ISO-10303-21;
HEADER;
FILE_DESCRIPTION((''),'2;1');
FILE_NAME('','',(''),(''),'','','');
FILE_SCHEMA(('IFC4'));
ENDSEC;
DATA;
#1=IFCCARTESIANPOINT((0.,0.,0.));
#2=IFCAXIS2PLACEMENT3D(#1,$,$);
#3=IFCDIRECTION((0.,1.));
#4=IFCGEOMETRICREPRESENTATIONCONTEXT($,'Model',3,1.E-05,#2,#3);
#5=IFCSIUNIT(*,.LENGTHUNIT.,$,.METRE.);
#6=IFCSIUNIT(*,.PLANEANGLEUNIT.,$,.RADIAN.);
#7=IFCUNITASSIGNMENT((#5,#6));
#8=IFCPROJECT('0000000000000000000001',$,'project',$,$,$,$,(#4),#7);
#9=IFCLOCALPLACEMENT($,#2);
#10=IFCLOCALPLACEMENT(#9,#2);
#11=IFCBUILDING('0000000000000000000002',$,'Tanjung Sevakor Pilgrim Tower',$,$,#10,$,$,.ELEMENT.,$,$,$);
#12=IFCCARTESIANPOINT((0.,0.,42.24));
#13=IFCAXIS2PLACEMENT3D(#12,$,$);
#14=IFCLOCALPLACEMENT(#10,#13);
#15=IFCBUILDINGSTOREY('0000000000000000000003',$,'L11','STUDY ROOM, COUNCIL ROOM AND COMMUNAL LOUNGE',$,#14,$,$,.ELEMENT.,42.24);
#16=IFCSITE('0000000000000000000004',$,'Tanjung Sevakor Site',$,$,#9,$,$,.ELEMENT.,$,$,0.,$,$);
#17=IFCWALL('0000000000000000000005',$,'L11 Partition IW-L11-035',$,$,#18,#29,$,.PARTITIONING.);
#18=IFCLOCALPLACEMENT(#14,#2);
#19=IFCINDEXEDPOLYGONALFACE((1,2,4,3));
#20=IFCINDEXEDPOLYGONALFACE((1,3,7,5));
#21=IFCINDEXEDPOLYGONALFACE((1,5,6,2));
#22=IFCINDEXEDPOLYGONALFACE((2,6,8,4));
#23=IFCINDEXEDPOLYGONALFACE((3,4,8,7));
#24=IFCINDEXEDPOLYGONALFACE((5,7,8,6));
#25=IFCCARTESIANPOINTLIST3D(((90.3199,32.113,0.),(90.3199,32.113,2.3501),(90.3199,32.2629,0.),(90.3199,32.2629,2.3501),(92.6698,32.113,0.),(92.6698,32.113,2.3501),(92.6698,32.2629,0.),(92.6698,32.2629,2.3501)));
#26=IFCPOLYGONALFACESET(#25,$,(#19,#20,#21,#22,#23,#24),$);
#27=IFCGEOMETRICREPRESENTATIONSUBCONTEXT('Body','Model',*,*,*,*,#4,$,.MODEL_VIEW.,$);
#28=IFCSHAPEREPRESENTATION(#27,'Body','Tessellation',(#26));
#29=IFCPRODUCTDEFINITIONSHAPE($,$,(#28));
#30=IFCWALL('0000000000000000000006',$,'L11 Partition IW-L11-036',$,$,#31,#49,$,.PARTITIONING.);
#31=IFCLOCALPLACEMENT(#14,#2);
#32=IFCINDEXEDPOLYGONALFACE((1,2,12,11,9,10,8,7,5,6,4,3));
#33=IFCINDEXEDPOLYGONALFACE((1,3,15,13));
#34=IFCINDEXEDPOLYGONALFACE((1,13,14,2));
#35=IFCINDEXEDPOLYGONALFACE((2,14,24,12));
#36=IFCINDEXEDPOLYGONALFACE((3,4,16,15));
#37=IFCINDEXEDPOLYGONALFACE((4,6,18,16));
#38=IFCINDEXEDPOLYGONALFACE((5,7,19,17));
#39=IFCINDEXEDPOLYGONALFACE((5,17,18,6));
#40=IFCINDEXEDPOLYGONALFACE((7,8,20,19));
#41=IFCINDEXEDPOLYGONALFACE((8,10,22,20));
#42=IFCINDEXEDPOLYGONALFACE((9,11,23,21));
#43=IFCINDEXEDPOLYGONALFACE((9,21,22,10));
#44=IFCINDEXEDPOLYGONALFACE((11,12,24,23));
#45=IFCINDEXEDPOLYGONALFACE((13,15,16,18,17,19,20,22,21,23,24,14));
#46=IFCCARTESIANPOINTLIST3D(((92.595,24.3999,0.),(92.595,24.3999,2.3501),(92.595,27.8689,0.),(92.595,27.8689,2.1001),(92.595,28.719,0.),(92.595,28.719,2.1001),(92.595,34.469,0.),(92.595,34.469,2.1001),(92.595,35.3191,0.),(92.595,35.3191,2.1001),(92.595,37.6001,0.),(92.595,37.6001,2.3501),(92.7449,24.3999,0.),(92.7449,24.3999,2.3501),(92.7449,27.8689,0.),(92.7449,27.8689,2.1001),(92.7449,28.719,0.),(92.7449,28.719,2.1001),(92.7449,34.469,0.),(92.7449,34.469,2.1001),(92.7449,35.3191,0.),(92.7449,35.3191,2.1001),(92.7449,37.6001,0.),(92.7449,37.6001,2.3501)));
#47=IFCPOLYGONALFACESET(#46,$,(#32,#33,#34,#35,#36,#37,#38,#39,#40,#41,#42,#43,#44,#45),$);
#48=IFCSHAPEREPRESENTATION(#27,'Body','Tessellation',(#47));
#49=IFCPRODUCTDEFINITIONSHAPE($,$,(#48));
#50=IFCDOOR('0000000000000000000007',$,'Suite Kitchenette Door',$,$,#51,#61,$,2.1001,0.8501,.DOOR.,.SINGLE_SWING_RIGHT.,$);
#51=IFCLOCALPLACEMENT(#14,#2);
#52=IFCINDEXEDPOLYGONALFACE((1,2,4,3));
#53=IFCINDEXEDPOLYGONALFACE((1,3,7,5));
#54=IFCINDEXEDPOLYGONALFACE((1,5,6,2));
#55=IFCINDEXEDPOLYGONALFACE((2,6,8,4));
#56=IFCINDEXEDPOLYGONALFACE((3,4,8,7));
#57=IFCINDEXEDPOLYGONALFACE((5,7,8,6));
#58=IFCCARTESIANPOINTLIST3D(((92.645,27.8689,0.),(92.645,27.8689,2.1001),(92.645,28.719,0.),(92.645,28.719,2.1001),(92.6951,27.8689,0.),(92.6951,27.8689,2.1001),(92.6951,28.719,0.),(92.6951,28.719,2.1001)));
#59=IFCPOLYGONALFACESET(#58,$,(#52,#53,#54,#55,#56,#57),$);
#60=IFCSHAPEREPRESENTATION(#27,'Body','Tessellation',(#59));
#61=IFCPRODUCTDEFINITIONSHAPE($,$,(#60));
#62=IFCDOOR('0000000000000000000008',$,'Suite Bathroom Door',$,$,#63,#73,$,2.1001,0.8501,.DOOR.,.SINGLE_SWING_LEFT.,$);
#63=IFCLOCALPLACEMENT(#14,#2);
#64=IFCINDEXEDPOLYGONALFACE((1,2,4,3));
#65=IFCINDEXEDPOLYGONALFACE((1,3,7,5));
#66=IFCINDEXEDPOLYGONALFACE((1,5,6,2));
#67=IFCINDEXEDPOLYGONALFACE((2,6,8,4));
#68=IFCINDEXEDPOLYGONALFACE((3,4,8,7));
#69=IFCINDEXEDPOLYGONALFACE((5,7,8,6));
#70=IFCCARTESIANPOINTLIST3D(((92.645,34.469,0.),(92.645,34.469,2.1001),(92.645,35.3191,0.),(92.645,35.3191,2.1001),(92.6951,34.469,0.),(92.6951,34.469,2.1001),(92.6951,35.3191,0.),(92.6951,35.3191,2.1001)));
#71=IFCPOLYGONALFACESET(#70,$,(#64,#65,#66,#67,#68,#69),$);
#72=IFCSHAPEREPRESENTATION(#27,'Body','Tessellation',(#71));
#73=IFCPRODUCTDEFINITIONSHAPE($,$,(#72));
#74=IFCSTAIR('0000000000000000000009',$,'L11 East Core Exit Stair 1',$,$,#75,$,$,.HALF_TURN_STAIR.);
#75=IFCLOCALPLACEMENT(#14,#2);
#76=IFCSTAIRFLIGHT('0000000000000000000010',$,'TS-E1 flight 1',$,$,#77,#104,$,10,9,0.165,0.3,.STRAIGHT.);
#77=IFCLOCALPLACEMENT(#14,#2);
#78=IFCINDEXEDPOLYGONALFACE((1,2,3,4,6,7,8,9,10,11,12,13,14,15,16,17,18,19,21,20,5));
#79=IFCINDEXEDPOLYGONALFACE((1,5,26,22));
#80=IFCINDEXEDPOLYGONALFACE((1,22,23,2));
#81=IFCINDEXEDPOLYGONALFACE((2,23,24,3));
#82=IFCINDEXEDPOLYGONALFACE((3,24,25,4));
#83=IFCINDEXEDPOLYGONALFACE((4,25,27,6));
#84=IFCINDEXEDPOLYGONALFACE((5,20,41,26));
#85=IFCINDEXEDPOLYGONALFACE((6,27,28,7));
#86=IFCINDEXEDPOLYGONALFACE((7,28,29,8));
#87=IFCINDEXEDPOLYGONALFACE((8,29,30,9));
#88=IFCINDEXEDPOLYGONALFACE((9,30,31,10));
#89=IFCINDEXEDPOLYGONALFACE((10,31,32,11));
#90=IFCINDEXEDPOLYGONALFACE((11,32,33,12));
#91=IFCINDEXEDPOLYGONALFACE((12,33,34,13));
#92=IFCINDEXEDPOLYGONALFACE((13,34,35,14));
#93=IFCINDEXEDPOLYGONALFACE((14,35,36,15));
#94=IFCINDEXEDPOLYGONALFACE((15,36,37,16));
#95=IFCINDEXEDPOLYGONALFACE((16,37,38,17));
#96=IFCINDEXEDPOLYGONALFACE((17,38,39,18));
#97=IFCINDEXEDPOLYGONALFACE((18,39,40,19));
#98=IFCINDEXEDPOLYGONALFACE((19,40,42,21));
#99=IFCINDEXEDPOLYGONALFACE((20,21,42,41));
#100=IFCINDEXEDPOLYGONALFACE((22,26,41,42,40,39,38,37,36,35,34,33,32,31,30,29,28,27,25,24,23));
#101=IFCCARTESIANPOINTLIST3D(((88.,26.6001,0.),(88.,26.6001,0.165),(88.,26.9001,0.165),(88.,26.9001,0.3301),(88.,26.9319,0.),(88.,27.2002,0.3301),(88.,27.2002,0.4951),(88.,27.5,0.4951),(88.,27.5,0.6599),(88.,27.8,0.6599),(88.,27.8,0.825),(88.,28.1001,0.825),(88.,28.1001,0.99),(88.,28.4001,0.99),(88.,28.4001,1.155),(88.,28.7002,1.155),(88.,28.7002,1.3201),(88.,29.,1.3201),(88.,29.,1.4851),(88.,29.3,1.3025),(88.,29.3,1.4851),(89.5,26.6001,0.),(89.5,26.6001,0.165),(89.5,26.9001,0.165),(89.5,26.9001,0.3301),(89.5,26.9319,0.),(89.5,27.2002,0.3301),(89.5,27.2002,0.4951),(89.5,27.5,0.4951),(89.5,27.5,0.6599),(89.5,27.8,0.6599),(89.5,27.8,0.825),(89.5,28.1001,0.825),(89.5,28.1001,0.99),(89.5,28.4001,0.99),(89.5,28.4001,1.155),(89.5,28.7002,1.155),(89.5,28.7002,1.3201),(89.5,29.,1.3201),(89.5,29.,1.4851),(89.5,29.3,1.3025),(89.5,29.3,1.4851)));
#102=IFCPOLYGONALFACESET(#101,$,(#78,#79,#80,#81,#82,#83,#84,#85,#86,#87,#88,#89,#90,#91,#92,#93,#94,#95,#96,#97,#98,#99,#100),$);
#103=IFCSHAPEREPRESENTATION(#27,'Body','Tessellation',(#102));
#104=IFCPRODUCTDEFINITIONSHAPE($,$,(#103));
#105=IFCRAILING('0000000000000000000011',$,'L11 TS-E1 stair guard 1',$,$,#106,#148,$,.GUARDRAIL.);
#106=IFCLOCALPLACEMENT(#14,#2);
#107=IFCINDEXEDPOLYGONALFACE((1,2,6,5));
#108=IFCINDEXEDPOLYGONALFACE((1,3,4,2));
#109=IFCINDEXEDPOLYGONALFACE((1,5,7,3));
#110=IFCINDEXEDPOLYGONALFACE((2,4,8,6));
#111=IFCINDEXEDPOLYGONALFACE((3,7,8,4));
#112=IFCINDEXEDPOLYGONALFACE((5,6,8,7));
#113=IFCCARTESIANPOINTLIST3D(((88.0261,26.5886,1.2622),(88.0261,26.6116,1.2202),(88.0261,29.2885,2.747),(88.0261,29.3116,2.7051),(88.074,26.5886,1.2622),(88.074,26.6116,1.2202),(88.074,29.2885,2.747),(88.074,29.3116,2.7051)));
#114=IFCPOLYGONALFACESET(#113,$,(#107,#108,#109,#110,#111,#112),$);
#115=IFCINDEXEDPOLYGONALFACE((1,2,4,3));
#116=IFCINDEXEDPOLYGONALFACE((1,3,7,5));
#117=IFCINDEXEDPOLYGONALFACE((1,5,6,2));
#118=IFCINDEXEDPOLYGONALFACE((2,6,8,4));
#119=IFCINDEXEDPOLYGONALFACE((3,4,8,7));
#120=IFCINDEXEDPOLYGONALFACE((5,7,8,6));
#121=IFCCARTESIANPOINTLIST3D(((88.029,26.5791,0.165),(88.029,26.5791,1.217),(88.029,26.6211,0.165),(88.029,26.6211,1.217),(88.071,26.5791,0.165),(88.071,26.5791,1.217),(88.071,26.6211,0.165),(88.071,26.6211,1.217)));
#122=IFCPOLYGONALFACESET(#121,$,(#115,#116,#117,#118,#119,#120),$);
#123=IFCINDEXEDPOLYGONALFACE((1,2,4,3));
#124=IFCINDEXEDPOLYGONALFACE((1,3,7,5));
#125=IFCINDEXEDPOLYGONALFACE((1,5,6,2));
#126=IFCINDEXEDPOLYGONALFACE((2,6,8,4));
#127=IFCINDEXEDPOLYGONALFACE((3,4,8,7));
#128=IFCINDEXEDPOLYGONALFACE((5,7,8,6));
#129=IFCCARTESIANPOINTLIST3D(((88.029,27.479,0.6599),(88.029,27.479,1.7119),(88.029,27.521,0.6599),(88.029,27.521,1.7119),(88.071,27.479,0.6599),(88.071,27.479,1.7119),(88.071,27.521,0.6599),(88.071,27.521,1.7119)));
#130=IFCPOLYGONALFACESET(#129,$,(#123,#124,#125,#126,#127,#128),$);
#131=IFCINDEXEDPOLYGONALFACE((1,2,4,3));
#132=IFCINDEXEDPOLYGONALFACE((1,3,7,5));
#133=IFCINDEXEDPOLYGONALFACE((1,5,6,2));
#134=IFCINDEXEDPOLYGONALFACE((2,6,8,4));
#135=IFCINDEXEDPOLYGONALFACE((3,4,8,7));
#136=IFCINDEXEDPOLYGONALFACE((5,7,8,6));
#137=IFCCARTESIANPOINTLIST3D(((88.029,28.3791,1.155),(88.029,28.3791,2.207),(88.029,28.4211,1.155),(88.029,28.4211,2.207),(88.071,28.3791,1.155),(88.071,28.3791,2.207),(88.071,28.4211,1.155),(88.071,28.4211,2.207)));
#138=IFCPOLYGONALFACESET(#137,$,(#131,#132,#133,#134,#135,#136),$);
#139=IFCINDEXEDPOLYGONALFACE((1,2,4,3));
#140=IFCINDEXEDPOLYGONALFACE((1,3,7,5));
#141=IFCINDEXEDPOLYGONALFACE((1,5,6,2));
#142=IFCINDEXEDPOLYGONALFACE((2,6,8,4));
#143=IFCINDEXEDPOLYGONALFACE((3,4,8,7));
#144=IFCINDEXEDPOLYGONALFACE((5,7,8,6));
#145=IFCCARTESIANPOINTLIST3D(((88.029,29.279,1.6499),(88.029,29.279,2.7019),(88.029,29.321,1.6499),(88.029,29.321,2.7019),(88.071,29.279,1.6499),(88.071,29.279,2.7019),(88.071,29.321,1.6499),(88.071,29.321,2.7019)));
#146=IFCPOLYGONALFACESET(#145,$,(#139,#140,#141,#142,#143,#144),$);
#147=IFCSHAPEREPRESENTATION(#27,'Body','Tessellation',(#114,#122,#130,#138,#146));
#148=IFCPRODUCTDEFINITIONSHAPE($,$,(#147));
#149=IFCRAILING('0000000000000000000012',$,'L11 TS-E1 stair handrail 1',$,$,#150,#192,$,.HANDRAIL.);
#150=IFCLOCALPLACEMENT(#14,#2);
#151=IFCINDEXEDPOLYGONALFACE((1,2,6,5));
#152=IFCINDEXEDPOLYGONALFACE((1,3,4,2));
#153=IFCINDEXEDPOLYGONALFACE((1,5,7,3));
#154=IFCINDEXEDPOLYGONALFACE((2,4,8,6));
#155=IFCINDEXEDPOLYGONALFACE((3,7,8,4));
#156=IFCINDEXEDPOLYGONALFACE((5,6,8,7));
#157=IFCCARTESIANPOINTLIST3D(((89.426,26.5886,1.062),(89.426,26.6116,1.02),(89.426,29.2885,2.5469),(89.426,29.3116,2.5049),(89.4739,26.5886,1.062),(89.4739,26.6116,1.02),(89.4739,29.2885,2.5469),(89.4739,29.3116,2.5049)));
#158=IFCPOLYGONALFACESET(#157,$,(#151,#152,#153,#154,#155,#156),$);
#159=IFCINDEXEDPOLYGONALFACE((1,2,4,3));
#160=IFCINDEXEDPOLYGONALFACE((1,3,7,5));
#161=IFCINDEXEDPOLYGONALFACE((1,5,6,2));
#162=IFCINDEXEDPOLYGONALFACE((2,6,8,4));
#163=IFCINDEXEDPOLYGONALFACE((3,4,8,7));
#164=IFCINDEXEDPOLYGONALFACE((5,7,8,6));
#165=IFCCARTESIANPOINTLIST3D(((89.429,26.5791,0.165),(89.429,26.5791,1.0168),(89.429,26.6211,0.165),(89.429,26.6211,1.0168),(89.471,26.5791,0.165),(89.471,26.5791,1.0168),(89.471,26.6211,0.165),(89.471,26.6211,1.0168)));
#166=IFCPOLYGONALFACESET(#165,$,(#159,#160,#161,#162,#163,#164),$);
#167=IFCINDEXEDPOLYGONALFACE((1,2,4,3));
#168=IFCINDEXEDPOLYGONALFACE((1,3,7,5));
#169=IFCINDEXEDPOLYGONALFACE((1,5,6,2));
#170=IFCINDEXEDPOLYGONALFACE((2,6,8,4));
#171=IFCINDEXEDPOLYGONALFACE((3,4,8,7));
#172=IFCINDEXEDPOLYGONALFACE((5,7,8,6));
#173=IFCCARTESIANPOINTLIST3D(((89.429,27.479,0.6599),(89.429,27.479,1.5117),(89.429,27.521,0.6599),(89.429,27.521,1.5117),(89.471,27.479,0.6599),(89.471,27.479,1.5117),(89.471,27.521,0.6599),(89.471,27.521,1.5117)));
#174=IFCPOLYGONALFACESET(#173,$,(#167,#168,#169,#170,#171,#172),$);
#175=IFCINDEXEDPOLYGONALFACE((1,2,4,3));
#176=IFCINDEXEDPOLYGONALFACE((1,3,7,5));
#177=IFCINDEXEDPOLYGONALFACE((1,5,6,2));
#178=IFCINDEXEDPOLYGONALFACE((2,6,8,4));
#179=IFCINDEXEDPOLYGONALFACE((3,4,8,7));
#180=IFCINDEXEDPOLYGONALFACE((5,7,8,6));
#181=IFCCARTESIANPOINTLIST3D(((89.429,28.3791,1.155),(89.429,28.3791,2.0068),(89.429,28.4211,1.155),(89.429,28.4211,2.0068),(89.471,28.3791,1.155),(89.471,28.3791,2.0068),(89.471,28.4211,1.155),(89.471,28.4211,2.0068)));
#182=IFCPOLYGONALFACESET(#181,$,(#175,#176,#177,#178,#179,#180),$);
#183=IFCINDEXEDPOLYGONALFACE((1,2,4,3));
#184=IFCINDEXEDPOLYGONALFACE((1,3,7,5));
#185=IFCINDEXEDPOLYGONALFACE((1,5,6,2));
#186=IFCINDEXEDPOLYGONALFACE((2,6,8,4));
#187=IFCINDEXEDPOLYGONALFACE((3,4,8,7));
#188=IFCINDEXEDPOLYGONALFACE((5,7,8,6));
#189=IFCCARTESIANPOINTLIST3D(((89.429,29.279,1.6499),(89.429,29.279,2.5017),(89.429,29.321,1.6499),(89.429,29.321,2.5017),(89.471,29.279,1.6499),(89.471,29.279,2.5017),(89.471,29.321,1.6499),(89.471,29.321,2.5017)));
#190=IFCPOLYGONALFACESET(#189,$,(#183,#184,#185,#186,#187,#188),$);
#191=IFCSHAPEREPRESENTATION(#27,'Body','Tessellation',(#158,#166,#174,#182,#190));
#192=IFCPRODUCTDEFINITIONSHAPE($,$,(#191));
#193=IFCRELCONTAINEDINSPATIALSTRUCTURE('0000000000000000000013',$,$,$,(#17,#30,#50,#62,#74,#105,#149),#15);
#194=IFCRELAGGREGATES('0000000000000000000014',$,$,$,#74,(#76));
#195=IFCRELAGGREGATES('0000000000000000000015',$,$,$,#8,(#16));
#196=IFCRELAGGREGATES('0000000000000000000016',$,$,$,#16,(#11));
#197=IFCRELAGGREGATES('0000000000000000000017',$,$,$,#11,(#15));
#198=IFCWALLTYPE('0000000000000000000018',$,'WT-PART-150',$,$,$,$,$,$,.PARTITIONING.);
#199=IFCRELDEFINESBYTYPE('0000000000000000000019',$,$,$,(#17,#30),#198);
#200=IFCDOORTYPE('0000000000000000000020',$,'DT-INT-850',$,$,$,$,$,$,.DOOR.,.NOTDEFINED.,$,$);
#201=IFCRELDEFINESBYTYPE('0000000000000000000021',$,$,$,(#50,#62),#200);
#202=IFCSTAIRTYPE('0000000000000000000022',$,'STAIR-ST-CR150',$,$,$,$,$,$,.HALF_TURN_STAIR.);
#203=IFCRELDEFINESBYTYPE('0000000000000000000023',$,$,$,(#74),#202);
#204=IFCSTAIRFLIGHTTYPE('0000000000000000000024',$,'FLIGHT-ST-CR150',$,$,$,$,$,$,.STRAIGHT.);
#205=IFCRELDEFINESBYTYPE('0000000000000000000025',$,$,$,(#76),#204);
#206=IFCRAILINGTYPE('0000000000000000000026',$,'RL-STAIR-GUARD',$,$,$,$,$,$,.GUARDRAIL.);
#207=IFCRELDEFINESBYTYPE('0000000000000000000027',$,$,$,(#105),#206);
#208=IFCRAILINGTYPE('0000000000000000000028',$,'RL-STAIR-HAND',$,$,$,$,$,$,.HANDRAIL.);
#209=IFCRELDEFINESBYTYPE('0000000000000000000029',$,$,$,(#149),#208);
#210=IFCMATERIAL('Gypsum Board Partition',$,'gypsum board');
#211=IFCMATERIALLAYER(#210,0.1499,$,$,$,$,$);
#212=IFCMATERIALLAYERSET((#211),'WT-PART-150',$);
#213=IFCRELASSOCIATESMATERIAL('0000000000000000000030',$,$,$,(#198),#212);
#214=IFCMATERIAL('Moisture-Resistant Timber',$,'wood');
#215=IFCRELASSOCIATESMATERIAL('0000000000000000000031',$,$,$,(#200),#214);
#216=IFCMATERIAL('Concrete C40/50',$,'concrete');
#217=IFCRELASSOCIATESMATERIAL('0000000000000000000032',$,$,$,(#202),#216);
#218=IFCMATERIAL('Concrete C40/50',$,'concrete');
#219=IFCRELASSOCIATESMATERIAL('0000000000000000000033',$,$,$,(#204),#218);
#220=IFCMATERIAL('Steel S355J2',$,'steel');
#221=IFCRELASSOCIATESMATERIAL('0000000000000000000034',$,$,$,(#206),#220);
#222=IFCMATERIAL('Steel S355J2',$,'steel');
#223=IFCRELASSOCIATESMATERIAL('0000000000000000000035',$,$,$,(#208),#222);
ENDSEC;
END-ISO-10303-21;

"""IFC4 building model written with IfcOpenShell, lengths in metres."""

from ifc_helpers import new_model, si_unit, direction, frame, frame_2d, origin, place, context, subcontext, project, spatial, polyline, rectangle, outline, extrude, material, layer, layer_set, type_object, element, fill, aggregate, save


model = new_model("IFC4")

# Units and contexts
model_context = context("Model", 3, precision=1e-05, world=origin(), true_north=direction((0.0, 1.0)))
body_context = subcontext(model_context, "Body", "Model", "MODEL_VIEW")
ifc_project = project(units=[si_unit("LENGTHUNIT", "METRE"), si_unit("PLANEANGLEUNIT", "RADIAN")], contexts=[model_context])

# Site, building, storey
site_placement = place(None, origin())
site = spatial("IfcSite", under=ifc_project, at=site_placement, Name="Tanjung Sevakor Site", CompositionType="ELEMENT", RefElevation=0.0)
building_placement = place(site_placement, origin())
building = spatial("IfcBuilding", under=site, at=building_placement, Name="Tanjung Sevakor Pilgrim Tower", CompositionType="ELEMENT")
storey_placement = place(building_placement, frame((0.0, 0.0, 42.24)))
storey = spatial("IfcBuildingStorey", under=building, at=storey_placement, Name="L11", Description="STUDY ROOM, COUNCIL ROOM AND COMMUNAL LOUNGE", CompositionType="ELEMENT", Elevation=42.24)

# Shared definitions
ifc_material_1 = material(Name="Gypsum Board Partition", Category="gypsum board")
ifc_layer_1 = layer(ifc_material_1, 0.1499)
ifc_layer_set_1 = layer_set([ifc_layer_1], Name="WT-PART-150")
wall_type_1 = type_object("IfcWallType", Name="WT-PART-150", PredefinedType="PARTITIONING", material=ifc_layer_set_1)
ifc_material_2 = material(Name="Moisture-Resistant Timber", Category="wood")
door_type = type_object("IfcDoorType", Name="DT-INT-850", OperationType="NOTDEFINED", PredefinedType="DOOR", material=ifc_material_2)

# Wall
wall_1_placement = place(storey_placement, frame((90.3201, 32.188, 0.0), z_axis=(0.0, 0.0, 1.0), x_axis=(1.0, 0.0, 0.0)))
element("IfcWall", 1, at=wall_1_placement, inside=storey, type_object=wall_type_1, Name="L11 Partition IW-L11-035", PredefinedType="PARTITIONING", context=body_context, shape_type="SweptSolid", body=[
    extrude(rectangle(XDim=2.3499, YDim=0.1499, at=frame_2d((1.1748, 0.0))), origin(), (0.0, 0.0, 1.0), 2.3501),
])

# Wall, openings, doors
wall_2_placement = place(storey_placement, frame((92.6699, 24.3999, 0.0), z_axis=(0.0, 0.0, 1.0), x_axis=(0.0, 1.0, 0.0)))
wall_2 = element("IfcWall", 2, at=wall_2_placement, inside=storey, type_object=wall_type_1, Name="L11 Partition IW-L11-036", PredefinedType="PARTITIONING", context=body_context, shape_type="SweptSolid", body=[
    extrude(rectangle(XDim=13.2002, YDim=0.1499, at=frame_2d((6.6001, 0.0))), origin(), (0.0, 0.0, 1.0), 2.3501),
])
opening_1_placement = place(wall_2_placement, frame((3.469, 0.0, 0.0)))
opening_1 = element("IfcOpeningElement", 3, at=opening_1_placement, cuts=wall_2, PredefinedType="OPENING", context=body_context, shape_type="SweptSolid", body=[
    extrude(rectangle(XDim=0.8501, YDim=2.1001, at=frame_2d((0.425, 1.05))), frame((0.0, 0.085, 0.0), z_axis=(0.0, -1.0, 0.0), x_axis=(1.0, 0.0, 0.0)), (0.0, 0.0, 1.0), 0.1699),
])
opening_2_placement = place(wall_2_placement, frame((10.0691, 0.0, 0.0)))
opening_2 = element("IfcOpeningElement", 4, at=opening_2_placement, cuts=wall_2, PredefinedType="OPENING", context=body_context, shape_type="SweptSolid", body=[
    extrude(rectangle(XDim=0.8501, YDim=2.1001, at=frame_2d((0.425, 1.05))), frame((0.0, 0.085, 0.0), z_axis=(0.0, -1.0, 0.0), x_axis=(1.0, 0.0, 0.0)), (0.0, 0.0, 1.0), 0.1699),
])
door_1_placement = place(opening_1_placement, origin())
door_1 = element("IfcDoor", 5, at=door_1_placement, inside=storey, type_object=door_type, Name="Suite Kitchenette Door", OperationType="SINGLE_SWING_RIGHT", OverallHeight=2.1001, OverallWidth=0.8501, PredefinedType="DOOR", context=body_context, shape_type="SweptSolid", body=[
    extrude(rectangle(XDim=0.8501, YDim=2.1001, at=frame_2d((0.425, 1.05))), frame((0.0, 0.0249, 0.0), z_axis=(0.0, -1.0, 0.0), x_axis=(1.0, 0.0, 0.0)), (0.0, 0.0, 1.0), 0.05),
])
fill(opening_1, door_1)
door_2_placement = place(opening_2_placement, origin())
door_2 = element("IfcDoor", 6, at=door_2_placement, inside=storey, type_object=door_type, Name="Suite Bathroom Door", OperationType="SINGLE_SWING_LEFT", OverallHeight=2.1001, OverallWidth=0.8501, PredefinedType="DOOR", context=body_context, shape_type="SweptSolid", body=[
    extrude(rectangle(XDim=0.8501, YDim=2.1001, at=frame_2d((0.425, 1.05))), frame((0.0, 0.0249, 0.0), z_axis=(0.0, -1.0, 0.0), x_axis=(1.0, 0.0, 0.0)), (0.0, 0.0, 1.0), 0.05),
])
fill(opening_2, door_2)

# Stair, stair flight
ifc_material_3 = material(Name="Concrete C40/50", Category="concrete")
stair_type = type_object("IfcStairType", Name="STAIR-ST-CR150", PredefinedType="HALF_TURN_STAIR", material=ifc_material_3)
stair_placement = place(storey_placement, origin())
stair = element("IfcStair", 7, at=stair_placement, inside=storey, type_object=stair_type, Name="L11 East Core Exit Stair 1", PredefinedType="HALF_TURN_STAIR")
ifc_material_4 = material(Name="Concrete C40/50", Category="concrete")
stair_flight_type = type_object("IfcStairFlightType", Name="FLIGHT-ST-CR150", PredefinedType="STRAIGHT", material=ifc_material_4)
stair_flight_placement = place(storey_placement, frame((88.75, 26.6001, 0.0), z_axis=(0.0, 0.0, 1.0), x_axis=(0.0, 1.0, 0.0)))
stair_flight = element("IfcStairFlight", 8, at=stair_flight_placement, type_object=stair_flight_type, Name="TS-E1 flight 1", NumberOfRisers=10, NumberOfTreads=9, PredefinedType="STRAIGHT", RiserHeight=0.165, TreadLength=0.3, context=body_context, shape_type="SweptSolid", body=[
    extrude(outline(polyline([(0.0, 0.0), (0.0, 0.165), (0.3, 0.165), (0.3, 0.3301), (0.6001, 0.3301), (0.6001, 0.4951), (0.8999, 0.4951), (0.8999, 0.6599), (1.2, 0.6599), (1.2, 0.825), (1.5, 0.825), (1.5, 0.99), (1.8, 0.99), (1.8, 1.155), (2.1001, 1.155), (2.1001, 1.3201), (2.3999, 1.3201), (2.3999, 1.4851), (2.7, 1.4851), (2.7, 1.6499), (2.7, 1.3025), (0.3318, 0.0), (0.0, 0.0)])), frame((0.0, 0.75, 0.0), z_axis=(0.0, -1.0, 0.0), x_axis=(1.0, 0.0, 0.0)), (0.0, 0.0, 1.0), 1.5),
])
aggregate(stair, [stair_flight])

# Railings
ifc_material_5 = material(Name="Steel S355J2", Category="steel")
railing_type_1 = type_object("IfcRailingType", Name="RL-STAIR-GUARD", PredefinedType="GUARDRAIL", material=ifc_material_5)
railing_1_placement = place(storey_placement, frame((88.05, 26.6001, 0.165)))
element("IfcRailing", 9, at=railing_1_placement, inside=storey, type_object=railing_type_1, Name="L11 TS-E1 stair guard 1", PredefinedType="GUARDRAIL", context=body_context, shape_type="SweptSolid", body=[
    extrude(rectangle(XDim=0.0479, YDim=0.0479), frame((0.0, 0.0, 1.0762), z_axis=(0.0, 0.876231, 0.481891), x_axis=(-1.0, 0.0, 0.0)), (0.0, 0.0, 1.0), 3.0813),
    extrude(rectangle(XDim=0.042, YDim=0.042), origin(), (0.0, 0.0, 1.0), 1.052),
    extrude(rectangle(XDim=0.042, YDim=0.042), frame((0.0, 0.8999, 0.4949)), (0.0, 0.0, 1.0), 1.052),
    extrude(rectangle(XDim=0.042, YDim=0.042), frame((0.0, 1.8, 0.99)), (0.0, 0.0, 1.0), 1.052),
    extrude(rectangle(XDim=0.042, YDim=0.042), frame((0.0, 2.7, 1.4849)), (0.0, 0.0, 1.0), 1.052),
])
ifc_material_6 = material(Name="Steel S355J2", Category="steel")
railing_type_2 = type_object("IfcRailingType", Name="RL-STAIR-HAND", PredefinedType="HANDRAIL", material=ifc_material_6)
railing_2_placement = place(storey_placement, frame((89.45, 26.6001, 0.165)))
element("IfcRailing", 10, at=railing_2_placement, inside=storey, type_object=railing_type_2, Name="L11 TS-E1 stair handrail 1", PredefinedType="HANDRAIL", context=body_context, shape_type="SweptSolid", body=[
    extrude(rectangle(XDim=0.0479, YDim=0.0479), frame((0.0, 0.0, 0.876), z_axis=(0.0, 0.876231, 0.481891), x_axis=(-1.0, 0.0, 0.0)), (0.0, 0.0, 1.0), 3.0813),
    extrude(rectangle(XDim=0.042, YDim=0.042), origin(), (0.0, 0.0, 1.0), 0.8518),
    extrude(rectangle(XDim=0.042, YDim=0.042), frame((0.0, 0.8999, 0.4949)), (0.0, 0.0, 1.0), 0.8518),
    extrude(rectangle(XDim=0.042, YDim=0.042), frame((0.0, 1.8, 0.99)), (0.0, 0.0, 1.0), 0.8518),
    extrude(rectangle(XDim=0.042, YDim=0.042), frame((0.0, 2.7, 1.4849)), (0.0, 0.0, 1.0), 0.8518),
])

save(model, "model.ifc")
